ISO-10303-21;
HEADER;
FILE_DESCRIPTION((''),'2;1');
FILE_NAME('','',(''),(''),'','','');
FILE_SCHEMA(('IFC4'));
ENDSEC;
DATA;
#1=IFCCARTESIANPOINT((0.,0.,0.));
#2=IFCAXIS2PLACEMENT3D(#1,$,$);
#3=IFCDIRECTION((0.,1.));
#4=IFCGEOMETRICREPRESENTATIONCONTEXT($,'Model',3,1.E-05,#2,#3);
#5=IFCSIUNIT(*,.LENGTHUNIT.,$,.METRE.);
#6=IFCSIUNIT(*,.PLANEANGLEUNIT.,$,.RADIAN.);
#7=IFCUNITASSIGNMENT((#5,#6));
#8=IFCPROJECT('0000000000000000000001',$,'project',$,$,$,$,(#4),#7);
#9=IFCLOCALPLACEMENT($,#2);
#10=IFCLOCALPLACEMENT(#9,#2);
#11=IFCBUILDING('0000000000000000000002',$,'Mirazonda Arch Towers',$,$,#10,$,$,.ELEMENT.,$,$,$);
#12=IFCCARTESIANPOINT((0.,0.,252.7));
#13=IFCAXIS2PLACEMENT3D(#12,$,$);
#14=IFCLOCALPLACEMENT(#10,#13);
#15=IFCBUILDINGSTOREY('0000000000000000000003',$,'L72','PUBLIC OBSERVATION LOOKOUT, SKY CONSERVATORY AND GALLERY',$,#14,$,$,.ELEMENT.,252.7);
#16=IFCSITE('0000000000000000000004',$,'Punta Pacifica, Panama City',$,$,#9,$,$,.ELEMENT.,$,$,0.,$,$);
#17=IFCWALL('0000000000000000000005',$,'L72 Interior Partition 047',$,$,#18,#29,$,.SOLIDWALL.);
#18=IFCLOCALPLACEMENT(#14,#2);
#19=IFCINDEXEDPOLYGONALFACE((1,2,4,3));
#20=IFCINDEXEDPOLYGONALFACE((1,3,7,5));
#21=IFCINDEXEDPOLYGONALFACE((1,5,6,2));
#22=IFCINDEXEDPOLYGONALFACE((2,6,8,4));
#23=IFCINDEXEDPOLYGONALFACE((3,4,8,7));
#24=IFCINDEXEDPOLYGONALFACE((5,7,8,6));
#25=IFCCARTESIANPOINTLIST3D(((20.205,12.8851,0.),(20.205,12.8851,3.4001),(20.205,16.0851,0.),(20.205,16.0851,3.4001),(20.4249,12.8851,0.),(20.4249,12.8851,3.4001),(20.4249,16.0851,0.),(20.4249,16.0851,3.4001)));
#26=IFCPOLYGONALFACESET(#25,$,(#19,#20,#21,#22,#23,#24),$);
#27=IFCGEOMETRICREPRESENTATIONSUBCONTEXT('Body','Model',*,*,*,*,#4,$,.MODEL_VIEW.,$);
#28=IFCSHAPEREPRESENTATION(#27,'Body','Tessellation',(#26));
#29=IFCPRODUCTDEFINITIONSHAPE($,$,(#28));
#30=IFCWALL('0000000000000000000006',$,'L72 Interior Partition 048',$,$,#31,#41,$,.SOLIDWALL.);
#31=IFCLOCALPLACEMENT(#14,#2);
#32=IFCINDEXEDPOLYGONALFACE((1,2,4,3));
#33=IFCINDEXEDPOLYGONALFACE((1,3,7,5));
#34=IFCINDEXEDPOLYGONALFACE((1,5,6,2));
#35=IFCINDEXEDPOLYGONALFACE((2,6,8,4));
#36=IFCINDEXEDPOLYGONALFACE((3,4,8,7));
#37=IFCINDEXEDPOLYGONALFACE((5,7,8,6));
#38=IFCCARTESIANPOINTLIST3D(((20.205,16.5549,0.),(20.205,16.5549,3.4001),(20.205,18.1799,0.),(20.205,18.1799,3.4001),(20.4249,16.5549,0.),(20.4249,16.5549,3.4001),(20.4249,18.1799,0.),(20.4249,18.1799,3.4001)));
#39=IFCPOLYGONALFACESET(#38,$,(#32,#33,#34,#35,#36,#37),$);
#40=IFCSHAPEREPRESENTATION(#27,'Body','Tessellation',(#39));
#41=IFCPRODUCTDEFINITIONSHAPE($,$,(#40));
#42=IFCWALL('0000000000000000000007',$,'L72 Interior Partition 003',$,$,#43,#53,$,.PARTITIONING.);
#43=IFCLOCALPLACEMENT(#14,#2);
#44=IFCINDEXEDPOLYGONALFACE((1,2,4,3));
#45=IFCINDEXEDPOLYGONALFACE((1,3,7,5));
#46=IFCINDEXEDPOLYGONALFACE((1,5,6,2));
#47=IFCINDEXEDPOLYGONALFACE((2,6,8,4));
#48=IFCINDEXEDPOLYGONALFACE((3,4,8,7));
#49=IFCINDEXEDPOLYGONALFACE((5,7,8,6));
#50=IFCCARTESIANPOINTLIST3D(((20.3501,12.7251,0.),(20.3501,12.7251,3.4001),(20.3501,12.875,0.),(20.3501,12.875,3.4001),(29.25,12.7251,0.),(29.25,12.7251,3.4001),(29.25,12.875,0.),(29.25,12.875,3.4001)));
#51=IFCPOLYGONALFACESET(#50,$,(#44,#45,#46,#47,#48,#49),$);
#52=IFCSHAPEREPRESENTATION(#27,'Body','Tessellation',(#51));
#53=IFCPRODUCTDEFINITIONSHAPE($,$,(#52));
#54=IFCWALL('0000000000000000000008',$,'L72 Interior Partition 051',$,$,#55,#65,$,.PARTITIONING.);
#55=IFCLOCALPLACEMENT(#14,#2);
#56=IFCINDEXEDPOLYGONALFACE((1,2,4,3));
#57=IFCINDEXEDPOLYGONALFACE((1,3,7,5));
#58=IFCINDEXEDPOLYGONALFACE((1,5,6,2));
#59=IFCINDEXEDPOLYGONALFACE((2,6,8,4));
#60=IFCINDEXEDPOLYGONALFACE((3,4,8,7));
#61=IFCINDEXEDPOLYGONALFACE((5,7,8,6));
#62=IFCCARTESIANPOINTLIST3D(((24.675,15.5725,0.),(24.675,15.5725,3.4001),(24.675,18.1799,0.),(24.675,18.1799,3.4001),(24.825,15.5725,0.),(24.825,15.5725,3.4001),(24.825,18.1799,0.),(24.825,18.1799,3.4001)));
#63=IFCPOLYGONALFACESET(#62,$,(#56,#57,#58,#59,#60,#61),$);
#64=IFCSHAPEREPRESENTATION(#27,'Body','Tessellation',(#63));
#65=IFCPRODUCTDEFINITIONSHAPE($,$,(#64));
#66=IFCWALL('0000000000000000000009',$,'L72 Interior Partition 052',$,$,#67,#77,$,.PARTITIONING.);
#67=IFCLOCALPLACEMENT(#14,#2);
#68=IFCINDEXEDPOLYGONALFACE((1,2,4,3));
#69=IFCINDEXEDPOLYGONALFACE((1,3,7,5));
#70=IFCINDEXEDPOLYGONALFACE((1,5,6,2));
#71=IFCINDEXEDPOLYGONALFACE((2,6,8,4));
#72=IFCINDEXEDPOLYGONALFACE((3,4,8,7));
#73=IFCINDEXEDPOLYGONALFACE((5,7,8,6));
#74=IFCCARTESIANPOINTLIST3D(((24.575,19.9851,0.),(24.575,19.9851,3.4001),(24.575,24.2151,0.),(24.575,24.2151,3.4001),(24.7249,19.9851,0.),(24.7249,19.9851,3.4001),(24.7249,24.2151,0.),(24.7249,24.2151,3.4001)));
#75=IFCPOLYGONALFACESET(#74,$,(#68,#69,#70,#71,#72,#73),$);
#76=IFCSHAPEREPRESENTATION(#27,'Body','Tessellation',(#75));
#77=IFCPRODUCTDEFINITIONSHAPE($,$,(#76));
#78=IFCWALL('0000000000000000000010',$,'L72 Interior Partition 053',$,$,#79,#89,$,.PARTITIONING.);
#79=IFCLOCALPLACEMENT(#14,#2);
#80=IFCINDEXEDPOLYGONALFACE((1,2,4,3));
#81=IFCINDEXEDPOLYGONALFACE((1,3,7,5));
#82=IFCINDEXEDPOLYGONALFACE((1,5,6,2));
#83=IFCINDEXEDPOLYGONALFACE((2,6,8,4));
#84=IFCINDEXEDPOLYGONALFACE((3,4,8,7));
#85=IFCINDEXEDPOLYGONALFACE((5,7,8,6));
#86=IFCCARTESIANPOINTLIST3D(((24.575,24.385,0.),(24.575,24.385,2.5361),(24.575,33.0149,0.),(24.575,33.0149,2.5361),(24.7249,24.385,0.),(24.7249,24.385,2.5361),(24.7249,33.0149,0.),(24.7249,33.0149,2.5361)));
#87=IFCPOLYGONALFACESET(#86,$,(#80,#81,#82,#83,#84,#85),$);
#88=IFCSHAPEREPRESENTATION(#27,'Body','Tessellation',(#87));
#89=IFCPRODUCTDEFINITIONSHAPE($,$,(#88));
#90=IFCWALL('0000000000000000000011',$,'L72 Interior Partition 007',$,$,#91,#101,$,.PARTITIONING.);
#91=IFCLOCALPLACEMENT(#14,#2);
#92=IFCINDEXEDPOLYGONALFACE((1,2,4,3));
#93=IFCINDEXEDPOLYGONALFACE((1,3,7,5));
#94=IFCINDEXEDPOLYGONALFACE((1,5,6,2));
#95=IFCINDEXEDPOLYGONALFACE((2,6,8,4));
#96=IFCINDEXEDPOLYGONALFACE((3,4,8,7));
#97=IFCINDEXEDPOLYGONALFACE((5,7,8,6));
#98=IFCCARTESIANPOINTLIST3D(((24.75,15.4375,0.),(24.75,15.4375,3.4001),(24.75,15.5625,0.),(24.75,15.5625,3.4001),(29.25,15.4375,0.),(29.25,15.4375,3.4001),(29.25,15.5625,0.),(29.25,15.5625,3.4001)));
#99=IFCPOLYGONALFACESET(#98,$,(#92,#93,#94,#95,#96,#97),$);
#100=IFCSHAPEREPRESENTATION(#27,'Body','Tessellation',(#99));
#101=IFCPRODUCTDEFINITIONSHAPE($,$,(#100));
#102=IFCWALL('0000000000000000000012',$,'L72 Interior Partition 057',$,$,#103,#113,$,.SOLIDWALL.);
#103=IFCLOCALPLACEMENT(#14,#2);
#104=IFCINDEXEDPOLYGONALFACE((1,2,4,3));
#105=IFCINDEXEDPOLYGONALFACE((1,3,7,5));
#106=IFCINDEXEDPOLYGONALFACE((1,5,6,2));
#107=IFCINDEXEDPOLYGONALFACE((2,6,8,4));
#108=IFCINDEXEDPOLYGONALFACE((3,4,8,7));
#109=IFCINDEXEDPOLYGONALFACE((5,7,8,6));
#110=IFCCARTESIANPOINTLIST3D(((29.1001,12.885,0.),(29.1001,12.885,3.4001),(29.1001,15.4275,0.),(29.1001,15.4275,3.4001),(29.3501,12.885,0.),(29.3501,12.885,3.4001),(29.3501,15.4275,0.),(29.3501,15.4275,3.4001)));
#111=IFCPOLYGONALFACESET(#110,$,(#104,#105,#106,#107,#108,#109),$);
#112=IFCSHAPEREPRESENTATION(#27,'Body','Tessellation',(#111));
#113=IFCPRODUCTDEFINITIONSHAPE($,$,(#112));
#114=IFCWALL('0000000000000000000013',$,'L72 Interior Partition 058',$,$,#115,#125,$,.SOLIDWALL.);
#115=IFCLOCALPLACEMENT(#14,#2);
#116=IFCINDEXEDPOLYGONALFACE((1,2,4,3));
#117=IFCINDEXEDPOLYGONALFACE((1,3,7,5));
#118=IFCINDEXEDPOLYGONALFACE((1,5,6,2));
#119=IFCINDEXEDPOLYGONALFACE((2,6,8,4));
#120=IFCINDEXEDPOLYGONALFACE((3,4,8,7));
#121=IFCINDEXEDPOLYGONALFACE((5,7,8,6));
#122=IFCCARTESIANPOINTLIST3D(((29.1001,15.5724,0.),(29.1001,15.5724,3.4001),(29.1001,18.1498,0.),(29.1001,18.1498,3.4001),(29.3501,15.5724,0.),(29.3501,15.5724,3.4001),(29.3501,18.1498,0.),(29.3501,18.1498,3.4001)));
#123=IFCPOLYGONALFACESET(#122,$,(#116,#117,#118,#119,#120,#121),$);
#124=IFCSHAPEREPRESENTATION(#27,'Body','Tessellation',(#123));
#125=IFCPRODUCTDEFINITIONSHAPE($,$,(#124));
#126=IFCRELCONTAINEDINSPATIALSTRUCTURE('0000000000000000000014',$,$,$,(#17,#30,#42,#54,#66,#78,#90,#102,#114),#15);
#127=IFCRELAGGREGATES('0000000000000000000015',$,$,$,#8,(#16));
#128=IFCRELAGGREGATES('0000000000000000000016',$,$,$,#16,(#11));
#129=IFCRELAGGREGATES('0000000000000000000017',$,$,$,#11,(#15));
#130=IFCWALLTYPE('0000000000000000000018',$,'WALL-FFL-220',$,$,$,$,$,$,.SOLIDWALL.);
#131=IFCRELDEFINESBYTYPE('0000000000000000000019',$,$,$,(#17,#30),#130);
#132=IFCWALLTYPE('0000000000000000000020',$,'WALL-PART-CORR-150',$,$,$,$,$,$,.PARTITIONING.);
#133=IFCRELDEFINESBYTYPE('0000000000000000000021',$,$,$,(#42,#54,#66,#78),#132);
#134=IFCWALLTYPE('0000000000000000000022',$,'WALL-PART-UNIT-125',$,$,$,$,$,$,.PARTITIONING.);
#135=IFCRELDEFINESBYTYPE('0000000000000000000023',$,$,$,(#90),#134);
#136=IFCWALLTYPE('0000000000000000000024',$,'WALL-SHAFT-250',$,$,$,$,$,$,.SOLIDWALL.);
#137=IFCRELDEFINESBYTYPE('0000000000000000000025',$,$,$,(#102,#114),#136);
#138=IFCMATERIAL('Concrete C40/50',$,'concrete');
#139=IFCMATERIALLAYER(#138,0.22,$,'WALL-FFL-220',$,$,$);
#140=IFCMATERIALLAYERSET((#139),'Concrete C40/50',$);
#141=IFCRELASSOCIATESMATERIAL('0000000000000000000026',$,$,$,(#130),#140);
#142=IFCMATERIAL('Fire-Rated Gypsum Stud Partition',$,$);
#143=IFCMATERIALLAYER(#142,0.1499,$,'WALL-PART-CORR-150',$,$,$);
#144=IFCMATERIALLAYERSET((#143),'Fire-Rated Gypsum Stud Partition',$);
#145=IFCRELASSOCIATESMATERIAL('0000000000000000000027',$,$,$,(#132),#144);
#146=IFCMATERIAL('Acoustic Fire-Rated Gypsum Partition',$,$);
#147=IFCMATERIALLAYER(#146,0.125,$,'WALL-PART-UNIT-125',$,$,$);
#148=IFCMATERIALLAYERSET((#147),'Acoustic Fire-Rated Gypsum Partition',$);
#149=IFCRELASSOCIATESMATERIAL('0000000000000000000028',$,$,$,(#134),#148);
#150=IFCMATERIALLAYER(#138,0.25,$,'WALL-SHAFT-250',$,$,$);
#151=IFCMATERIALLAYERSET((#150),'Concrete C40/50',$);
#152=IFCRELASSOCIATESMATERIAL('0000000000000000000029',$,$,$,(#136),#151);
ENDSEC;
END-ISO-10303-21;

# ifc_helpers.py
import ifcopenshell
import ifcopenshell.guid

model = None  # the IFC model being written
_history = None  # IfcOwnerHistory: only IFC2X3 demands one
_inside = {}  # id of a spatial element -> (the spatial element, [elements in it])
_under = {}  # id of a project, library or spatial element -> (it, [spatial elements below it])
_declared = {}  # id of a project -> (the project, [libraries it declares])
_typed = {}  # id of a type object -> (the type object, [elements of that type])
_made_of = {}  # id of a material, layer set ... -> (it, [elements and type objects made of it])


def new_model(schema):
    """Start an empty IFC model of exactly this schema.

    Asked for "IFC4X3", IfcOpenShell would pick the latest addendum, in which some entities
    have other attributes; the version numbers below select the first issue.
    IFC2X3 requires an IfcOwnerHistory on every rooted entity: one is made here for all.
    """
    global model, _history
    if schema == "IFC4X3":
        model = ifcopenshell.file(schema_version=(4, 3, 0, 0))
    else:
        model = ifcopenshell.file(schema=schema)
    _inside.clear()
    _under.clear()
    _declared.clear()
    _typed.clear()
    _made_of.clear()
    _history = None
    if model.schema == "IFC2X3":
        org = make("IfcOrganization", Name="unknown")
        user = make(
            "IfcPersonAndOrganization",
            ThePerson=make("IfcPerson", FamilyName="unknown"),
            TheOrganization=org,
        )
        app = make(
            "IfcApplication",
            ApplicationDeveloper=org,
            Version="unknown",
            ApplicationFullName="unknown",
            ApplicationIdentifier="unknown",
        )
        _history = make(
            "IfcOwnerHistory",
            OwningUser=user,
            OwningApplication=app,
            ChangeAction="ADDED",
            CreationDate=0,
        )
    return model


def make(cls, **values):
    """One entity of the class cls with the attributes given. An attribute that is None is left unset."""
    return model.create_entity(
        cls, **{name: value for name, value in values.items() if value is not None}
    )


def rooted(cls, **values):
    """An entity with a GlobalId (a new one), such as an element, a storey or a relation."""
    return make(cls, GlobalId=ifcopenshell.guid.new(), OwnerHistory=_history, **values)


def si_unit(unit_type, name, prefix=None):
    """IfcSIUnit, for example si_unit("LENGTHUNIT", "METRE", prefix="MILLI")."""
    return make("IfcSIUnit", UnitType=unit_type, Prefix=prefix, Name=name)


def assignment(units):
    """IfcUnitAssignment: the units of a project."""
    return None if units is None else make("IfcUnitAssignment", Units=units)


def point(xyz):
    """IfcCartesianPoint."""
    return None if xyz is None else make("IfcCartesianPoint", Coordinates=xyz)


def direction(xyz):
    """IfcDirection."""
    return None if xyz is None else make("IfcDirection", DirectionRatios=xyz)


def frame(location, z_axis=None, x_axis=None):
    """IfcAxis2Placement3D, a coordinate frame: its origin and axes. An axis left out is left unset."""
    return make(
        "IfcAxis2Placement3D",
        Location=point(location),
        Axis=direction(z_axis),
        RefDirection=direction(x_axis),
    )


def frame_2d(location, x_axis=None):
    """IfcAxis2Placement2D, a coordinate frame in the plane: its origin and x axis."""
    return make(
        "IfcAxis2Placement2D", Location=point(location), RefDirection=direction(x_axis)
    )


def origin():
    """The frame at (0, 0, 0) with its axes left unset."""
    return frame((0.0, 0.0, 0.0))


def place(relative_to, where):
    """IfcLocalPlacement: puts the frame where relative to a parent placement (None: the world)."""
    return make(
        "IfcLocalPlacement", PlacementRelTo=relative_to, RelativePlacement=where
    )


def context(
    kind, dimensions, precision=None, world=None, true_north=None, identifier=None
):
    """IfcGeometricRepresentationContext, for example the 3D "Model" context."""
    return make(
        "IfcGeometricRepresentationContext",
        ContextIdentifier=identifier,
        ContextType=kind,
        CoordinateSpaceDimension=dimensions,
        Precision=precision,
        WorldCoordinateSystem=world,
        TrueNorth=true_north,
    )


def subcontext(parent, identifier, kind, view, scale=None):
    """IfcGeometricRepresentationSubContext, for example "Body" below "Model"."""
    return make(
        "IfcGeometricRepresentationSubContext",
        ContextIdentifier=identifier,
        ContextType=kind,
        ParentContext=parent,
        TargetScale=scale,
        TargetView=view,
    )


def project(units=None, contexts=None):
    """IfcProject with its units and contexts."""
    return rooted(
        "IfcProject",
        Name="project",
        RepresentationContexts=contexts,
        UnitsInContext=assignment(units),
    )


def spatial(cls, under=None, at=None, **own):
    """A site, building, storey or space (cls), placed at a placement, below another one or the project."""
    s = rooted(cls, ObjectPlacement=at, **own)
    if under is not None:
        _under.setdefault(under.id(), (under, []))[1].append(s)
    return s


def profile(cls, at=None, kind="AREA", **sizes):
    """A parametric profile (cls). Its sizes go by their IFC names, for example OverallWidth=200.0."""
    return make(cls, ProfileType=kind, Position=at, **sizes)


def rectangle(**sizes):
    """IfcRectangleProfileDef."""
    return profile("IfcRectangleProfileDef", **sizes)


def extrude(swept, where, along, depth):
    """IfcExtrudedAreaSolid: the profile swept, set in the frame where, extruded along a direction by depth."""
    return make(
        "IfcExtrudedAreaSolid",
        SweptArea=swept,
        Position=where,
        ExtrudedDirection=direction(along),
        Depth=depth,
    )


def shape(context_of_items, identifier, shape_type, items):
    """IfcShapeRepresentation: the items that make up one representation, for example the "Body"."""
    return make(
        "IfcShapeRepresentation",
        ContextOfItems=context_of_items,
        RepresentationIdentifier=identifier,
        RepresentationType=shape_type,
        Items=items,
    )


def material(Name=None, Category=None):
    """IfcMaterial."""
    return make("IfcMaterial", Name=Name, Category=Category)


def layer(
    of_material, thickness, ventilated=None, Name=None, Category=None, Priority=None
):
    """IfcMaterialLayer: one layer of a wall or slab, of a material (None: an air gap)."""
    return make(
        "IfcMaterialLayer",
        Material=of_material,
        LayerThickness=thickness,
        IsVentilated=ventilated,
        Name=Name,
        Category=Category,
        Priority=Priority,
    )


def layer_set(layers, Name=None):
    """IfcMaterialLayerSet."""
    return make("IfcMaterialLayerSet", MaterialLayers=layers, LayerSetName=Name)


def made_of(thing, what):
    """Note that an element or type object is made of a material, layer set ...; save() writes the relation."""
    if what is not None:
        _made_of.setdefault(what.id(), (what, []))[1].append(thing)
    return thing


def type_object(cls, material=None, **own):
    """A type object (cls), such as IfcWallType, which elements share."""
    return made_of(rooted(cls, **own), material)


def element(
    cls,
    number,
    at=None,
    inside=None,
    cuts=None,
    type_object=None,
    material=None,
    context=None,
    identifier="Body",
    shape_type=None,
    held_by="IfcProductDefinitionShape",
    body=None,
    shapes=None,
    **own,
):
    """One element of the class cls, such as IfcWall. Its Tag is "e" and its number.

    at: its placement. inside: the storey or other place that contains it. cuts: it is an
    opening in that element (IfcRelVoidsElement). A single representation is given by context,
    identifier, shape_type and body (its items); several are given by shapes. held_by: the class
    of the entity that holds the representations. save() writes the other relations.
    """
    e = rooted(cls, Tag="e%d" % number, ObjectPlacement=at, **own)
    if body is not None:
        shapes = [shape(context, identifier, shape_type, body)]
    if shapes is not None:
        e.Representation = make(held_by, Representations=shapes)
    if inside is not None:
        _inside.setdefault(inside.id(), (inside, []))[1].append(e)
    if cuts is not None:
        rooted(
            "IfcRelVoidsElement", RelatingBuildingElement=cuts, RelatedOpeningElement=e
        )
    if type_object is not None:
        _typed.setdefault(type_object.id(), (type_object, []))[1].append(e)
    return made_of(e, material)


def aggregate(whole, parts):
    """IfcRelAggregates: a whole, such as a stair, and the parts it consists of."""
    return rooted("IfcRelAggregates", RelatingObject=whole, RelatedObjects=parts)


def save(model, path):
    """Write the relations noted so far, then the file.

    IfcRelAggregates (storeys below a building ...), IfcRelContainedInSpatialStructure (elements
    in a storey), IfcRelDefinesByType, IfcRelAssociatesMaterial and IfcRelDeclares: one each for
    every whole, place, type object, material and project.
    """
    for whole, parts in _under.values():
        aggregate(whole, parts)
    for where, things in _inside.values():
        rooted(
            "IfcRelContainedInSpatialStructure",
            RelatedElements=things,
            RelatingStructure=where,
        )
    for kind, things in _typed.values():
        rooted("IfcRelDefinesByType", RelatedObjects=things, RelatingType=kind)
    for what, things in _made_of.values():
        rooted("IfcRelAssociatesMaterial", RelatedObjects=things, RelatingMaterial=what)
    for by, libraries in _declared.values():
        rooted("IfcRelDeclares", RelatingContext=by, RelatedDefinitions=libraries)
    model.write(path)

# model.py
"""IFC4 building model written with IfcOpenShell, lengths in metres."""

from ifc_helpers import new_model, si_unit, direction, frame, frame_2d, origin, place, context, subcontext, project, spatial, rectangle, extrude, material, layer, layer_set, type_object, element, save


model = new_model("IFC4")

# Units and contexts
model_context = context("Model", 3, precision=1e-05, world=origin(), true_north=direction((0.0, 1.0)))
body_context = subcontext(model_context, "Body", "Model", "MODEL_VIEW")
ifc_project = project(units=[si_unit("LENGTHUNIT", "METRE"), si_unit("PLANEANGLEUNIT", "RADIAN")], contexts=[model_context])

# Site, building, storey
site_placement = place(None, origin())
site = spatial("IfcSite", under=ifc_project, at=site_placement, Name="Punta Pacifica, Panama City", CompositionType="ELEMENT", RefElevation=0.0)
building_placement = place(site_placement, origin())
building = spatial("IfcBuilding", under=site, at=building_placement, Name="Mirazonda Arch Towers", CompositionType="ELEMENT")
storey_placement = place(building_placement, frame((0.0, 0.0, 252.7)))
storey = spatial("IfcBuildingStorey", under=building, at=storey_placement, Name="L72", Description="PUBLIC OBSERVATION LOOKOUT, SKY CONSERVATORY AND GALLERY", CompositionType="ELEMENT", Elevation=252.7)

# Walls
ifc_material_1 = material(Name="Concrete C40/50", Category="concrete")
ifc_layer_1 = layer(ifc_material_1, 0.22, Name="WALL-FFL-220")
ifc_layer_set_1 = layer_set([ifc_layer_1], Name="Concrete C40/50")
wall_type_1 = type_object("IfcWallType", Name="WALL-FFL-220", PredefinedType="SOLIDWALL", material=ifc_layer_set_1)
wall_1_placement = place(storey_placement, frame((20.3149, 12.885, 0.0), z_axis=(0.0, 0.0, 1.0), x_axis=(0.0, 1.0, 0.0)))
element("IfcWall", 1, at=wall_1_placement, inside=storey, type_object=wall_type_1, Name="L72 Interior Partition 047", PredefinedType="SOLIDWALL", context=body_context, shape_type="SweptSolid", body=[
    extrude(rectangle(XDim=3.2, YDim=0.22, at=frame_2d((1.6001, 0.0))), origin(), (0.0, 0.0, 1.0), 3.4001),
])
wall_2_placement = place(storey_placement, frame((20.3149, 16.5549, 0.0), z_axis=(0.0, 0.0, 1.0), x_axis=(0.0, 1.0, 0.0)))
element("IfcWall", 2, at=wall_2_placement, inside=storey, type_object=wall_type_1, Name="L72 Interior Partition 048", PredefinedType="SOLIDWALL", context=body_context, shape_type="SweptSolid", body=[
    extrude(rectangle(XDim=1.625, YDim=0.22, at=frame_2d((0.8125, 0.0))), origin(), (0.0, 0.0, 1.0), 3.4001),
])
ifc_material_2 = material(Name="Fire-Rated Gypsum Stud Partition")
ifc_layer_2 = layer(ifc_material_2, 0.1499, Name="WALL-PART-CORR-150")
ifc_layer_set_2 = layer_set([ifc_layer_2], Name="Fire-Rated Gypsum Stud Partition")
wall_type_2 = type_object("IfcWallType", Name="WALL-PART-CORR-150", PredefinedType="PARTITIONING", material=ifc_layer_set_2)
wall_3_placement = place(storey_placement, frame((20.3501, 12.8, 0.0), z_axis=(0.0, 0.0, 1.0), x_axis=(1.0, 0.0, 0.0)))
element("IfcWall", 3, at=wall_3_placement, inside=storey, type_object=wall_type_2, Name="L72 Interior Partition 003", PredefinedType="PARTITIONING", context=body_context, shape_type="SweptSolid", body=[
    extrude(rectangle(XDim=8.8999, YDim=0.1499, at=frame_2d((4.45, 0.0))), origin(), (0.0, 0.0, 1.0), 3.4001),
])

# Walls
wall_4_placement = place(storey_placement, frame((24.75, 15.5725, 0.0), z_axis=(0.0, 0.0, 1.0), x_axis=(0.0, 1.0, 0.0)))
element("IfcWall", 4, at=wall_4_placement, inside=storey, type_object=wall_type_2, Name="L72 Interior Partition 051", PredefinedType="PARTITIONING", context=body_context, shape_type="SweptSolid", body=[
    extrude(rectangle(XDim=2.6074, YDim=0.1499, at=frame_2d((1.3037, 0.0))), origin(), (0.0, 0.0, 1.0), 3.4001),
])
wall_5_placement = place(storey_placement, frame((24.6499, 19.9851, 0.0), z_axis=(0.0, 0.0, 1.0), x_axis=(0.0, 1.0, 0.0)))
element("IfcWall", 5, at=wall_5_placement, inside=storey, type_object=wall_type_2, Name="L72 Interior Partition 052", PredefinedType="PARTITIONING", context=body_context, shape_type="SweptSolid", body=[
    extrude(rectangle(XDim=4.23, YDim=0.1499, at=frame_2d((2.115, 0.0))), origin(), (0.0, 0.0, 1.0), 3.4001),
])
wall_6_placement = place(storey_placement, frame((24.6499, 24.385, 0.0), z_axis=(0.0, 0.0, 1.0), x_axis=(0.0, 1.0, 0.0)))
element("IfcWall", 6, at=wall_6_placement, inside=storey, type_object=wall_type_2, Name="L72 Interior Partition 053", PredefinedType="PARTITIONING", context=body_context, shape_type="SweptSolid", body=[
    extrude(rectangle(XDim=8.6299, YDim=0.1499, at=frame_2d((4.3149, 0.0))), origin(), (0.0, 0.0, 1.0), 2.5361),
])
ifc_material_3 = material(Name="Acoustic Fire-Rated Gypsum Partition")
ifc_layer_3 = layer(ifc_material_3, 0.125, Name="WALL-PART-UNIT-125")
ifc_layer_set_3 = layer_set([ifc_layer_3], Name="Acoustic Fire-Rated Gypsum Partition")
wall_type_3 = type_object("IfcWallType", Name="WALL-PART-UNIT-125", PredefinedType="PARTITIONING", material=ifc_layer_set_3)
wall_7_placement = place(storey_placement, frame((24.75, 15.5, 0.0), z_axis=(0.0, 0.0, 1.0), x_axis=(1.0, 0.0, 0.0)))
element("IfcWall", 7, at=wall_7_placement, inside=storey, type_object=wall_type_3, Name="L72 Interior Partition 007", PredefinedType="PARTITIONING", context=body_context, shape_type="SweptSolid", body=[
    extrude(rectangle(XDim=4.5, YDim=0.125, at=frame_2d((2.25, 0.0))), origin(), (0.0, 0.0, 1.0), 3.4001),
])
ifc_layer_4 = layer(ifc_material_1, 0.25, Name="WALL-SHAFT-250")
ifc_layer_set_4 = layer_set([ifc_layer_4], Name="Concrete C40/50")
wall_type_4 = type_object("IfcWallType", Name="WALL-SHAFT-250", PredefinedType="SOLIDWALL", material=ifc_layer_set_4)
wall_8_placement = place(storey_placement, frame((29.2251, 12.885, 0.0), z_axis=(0.0, 0.0, 1.0), x_axis=(0.0, 1.0, 0.0)))
element("IfcWall", 8, at=wall_8_placement, inside=storey, type_object=wall_type_4, Name="L72 Interior Partition 057", PredefinedType="SOLIDWALL", context=body_context, shape_type="SweptSolid", body=[
    extrude(rectangle(XDim=2.5425, YDim=0.25, at=frame_2d((1.2712, 0.0))), origin(), (0.0, 0.0, 1.0), 3.4001),
])
wall_9_placement = place(storey_placement, frame((29.2251, 15.5725, 0.0), z_axis=(0.0, 0.0, 1.0), x_axis=(0.0, 1.0, 0.0)))
element("IfcWall", 9, at=wall_9_placement, inside=storey, type_object=wall_type_4, Name="L72 Interior Partition 058", PredefinedType="SOLIDWALL", context=body_context, shape_type="SweptSolid", body=[
    extrude(rectangle(XDim=2.5774, YDim=0.25, at=frame_2d((1.2886, 0.0))), origin(), (0.0, 0.0, 1.0), 3.4001),
])

save(model, "model.ifc")
